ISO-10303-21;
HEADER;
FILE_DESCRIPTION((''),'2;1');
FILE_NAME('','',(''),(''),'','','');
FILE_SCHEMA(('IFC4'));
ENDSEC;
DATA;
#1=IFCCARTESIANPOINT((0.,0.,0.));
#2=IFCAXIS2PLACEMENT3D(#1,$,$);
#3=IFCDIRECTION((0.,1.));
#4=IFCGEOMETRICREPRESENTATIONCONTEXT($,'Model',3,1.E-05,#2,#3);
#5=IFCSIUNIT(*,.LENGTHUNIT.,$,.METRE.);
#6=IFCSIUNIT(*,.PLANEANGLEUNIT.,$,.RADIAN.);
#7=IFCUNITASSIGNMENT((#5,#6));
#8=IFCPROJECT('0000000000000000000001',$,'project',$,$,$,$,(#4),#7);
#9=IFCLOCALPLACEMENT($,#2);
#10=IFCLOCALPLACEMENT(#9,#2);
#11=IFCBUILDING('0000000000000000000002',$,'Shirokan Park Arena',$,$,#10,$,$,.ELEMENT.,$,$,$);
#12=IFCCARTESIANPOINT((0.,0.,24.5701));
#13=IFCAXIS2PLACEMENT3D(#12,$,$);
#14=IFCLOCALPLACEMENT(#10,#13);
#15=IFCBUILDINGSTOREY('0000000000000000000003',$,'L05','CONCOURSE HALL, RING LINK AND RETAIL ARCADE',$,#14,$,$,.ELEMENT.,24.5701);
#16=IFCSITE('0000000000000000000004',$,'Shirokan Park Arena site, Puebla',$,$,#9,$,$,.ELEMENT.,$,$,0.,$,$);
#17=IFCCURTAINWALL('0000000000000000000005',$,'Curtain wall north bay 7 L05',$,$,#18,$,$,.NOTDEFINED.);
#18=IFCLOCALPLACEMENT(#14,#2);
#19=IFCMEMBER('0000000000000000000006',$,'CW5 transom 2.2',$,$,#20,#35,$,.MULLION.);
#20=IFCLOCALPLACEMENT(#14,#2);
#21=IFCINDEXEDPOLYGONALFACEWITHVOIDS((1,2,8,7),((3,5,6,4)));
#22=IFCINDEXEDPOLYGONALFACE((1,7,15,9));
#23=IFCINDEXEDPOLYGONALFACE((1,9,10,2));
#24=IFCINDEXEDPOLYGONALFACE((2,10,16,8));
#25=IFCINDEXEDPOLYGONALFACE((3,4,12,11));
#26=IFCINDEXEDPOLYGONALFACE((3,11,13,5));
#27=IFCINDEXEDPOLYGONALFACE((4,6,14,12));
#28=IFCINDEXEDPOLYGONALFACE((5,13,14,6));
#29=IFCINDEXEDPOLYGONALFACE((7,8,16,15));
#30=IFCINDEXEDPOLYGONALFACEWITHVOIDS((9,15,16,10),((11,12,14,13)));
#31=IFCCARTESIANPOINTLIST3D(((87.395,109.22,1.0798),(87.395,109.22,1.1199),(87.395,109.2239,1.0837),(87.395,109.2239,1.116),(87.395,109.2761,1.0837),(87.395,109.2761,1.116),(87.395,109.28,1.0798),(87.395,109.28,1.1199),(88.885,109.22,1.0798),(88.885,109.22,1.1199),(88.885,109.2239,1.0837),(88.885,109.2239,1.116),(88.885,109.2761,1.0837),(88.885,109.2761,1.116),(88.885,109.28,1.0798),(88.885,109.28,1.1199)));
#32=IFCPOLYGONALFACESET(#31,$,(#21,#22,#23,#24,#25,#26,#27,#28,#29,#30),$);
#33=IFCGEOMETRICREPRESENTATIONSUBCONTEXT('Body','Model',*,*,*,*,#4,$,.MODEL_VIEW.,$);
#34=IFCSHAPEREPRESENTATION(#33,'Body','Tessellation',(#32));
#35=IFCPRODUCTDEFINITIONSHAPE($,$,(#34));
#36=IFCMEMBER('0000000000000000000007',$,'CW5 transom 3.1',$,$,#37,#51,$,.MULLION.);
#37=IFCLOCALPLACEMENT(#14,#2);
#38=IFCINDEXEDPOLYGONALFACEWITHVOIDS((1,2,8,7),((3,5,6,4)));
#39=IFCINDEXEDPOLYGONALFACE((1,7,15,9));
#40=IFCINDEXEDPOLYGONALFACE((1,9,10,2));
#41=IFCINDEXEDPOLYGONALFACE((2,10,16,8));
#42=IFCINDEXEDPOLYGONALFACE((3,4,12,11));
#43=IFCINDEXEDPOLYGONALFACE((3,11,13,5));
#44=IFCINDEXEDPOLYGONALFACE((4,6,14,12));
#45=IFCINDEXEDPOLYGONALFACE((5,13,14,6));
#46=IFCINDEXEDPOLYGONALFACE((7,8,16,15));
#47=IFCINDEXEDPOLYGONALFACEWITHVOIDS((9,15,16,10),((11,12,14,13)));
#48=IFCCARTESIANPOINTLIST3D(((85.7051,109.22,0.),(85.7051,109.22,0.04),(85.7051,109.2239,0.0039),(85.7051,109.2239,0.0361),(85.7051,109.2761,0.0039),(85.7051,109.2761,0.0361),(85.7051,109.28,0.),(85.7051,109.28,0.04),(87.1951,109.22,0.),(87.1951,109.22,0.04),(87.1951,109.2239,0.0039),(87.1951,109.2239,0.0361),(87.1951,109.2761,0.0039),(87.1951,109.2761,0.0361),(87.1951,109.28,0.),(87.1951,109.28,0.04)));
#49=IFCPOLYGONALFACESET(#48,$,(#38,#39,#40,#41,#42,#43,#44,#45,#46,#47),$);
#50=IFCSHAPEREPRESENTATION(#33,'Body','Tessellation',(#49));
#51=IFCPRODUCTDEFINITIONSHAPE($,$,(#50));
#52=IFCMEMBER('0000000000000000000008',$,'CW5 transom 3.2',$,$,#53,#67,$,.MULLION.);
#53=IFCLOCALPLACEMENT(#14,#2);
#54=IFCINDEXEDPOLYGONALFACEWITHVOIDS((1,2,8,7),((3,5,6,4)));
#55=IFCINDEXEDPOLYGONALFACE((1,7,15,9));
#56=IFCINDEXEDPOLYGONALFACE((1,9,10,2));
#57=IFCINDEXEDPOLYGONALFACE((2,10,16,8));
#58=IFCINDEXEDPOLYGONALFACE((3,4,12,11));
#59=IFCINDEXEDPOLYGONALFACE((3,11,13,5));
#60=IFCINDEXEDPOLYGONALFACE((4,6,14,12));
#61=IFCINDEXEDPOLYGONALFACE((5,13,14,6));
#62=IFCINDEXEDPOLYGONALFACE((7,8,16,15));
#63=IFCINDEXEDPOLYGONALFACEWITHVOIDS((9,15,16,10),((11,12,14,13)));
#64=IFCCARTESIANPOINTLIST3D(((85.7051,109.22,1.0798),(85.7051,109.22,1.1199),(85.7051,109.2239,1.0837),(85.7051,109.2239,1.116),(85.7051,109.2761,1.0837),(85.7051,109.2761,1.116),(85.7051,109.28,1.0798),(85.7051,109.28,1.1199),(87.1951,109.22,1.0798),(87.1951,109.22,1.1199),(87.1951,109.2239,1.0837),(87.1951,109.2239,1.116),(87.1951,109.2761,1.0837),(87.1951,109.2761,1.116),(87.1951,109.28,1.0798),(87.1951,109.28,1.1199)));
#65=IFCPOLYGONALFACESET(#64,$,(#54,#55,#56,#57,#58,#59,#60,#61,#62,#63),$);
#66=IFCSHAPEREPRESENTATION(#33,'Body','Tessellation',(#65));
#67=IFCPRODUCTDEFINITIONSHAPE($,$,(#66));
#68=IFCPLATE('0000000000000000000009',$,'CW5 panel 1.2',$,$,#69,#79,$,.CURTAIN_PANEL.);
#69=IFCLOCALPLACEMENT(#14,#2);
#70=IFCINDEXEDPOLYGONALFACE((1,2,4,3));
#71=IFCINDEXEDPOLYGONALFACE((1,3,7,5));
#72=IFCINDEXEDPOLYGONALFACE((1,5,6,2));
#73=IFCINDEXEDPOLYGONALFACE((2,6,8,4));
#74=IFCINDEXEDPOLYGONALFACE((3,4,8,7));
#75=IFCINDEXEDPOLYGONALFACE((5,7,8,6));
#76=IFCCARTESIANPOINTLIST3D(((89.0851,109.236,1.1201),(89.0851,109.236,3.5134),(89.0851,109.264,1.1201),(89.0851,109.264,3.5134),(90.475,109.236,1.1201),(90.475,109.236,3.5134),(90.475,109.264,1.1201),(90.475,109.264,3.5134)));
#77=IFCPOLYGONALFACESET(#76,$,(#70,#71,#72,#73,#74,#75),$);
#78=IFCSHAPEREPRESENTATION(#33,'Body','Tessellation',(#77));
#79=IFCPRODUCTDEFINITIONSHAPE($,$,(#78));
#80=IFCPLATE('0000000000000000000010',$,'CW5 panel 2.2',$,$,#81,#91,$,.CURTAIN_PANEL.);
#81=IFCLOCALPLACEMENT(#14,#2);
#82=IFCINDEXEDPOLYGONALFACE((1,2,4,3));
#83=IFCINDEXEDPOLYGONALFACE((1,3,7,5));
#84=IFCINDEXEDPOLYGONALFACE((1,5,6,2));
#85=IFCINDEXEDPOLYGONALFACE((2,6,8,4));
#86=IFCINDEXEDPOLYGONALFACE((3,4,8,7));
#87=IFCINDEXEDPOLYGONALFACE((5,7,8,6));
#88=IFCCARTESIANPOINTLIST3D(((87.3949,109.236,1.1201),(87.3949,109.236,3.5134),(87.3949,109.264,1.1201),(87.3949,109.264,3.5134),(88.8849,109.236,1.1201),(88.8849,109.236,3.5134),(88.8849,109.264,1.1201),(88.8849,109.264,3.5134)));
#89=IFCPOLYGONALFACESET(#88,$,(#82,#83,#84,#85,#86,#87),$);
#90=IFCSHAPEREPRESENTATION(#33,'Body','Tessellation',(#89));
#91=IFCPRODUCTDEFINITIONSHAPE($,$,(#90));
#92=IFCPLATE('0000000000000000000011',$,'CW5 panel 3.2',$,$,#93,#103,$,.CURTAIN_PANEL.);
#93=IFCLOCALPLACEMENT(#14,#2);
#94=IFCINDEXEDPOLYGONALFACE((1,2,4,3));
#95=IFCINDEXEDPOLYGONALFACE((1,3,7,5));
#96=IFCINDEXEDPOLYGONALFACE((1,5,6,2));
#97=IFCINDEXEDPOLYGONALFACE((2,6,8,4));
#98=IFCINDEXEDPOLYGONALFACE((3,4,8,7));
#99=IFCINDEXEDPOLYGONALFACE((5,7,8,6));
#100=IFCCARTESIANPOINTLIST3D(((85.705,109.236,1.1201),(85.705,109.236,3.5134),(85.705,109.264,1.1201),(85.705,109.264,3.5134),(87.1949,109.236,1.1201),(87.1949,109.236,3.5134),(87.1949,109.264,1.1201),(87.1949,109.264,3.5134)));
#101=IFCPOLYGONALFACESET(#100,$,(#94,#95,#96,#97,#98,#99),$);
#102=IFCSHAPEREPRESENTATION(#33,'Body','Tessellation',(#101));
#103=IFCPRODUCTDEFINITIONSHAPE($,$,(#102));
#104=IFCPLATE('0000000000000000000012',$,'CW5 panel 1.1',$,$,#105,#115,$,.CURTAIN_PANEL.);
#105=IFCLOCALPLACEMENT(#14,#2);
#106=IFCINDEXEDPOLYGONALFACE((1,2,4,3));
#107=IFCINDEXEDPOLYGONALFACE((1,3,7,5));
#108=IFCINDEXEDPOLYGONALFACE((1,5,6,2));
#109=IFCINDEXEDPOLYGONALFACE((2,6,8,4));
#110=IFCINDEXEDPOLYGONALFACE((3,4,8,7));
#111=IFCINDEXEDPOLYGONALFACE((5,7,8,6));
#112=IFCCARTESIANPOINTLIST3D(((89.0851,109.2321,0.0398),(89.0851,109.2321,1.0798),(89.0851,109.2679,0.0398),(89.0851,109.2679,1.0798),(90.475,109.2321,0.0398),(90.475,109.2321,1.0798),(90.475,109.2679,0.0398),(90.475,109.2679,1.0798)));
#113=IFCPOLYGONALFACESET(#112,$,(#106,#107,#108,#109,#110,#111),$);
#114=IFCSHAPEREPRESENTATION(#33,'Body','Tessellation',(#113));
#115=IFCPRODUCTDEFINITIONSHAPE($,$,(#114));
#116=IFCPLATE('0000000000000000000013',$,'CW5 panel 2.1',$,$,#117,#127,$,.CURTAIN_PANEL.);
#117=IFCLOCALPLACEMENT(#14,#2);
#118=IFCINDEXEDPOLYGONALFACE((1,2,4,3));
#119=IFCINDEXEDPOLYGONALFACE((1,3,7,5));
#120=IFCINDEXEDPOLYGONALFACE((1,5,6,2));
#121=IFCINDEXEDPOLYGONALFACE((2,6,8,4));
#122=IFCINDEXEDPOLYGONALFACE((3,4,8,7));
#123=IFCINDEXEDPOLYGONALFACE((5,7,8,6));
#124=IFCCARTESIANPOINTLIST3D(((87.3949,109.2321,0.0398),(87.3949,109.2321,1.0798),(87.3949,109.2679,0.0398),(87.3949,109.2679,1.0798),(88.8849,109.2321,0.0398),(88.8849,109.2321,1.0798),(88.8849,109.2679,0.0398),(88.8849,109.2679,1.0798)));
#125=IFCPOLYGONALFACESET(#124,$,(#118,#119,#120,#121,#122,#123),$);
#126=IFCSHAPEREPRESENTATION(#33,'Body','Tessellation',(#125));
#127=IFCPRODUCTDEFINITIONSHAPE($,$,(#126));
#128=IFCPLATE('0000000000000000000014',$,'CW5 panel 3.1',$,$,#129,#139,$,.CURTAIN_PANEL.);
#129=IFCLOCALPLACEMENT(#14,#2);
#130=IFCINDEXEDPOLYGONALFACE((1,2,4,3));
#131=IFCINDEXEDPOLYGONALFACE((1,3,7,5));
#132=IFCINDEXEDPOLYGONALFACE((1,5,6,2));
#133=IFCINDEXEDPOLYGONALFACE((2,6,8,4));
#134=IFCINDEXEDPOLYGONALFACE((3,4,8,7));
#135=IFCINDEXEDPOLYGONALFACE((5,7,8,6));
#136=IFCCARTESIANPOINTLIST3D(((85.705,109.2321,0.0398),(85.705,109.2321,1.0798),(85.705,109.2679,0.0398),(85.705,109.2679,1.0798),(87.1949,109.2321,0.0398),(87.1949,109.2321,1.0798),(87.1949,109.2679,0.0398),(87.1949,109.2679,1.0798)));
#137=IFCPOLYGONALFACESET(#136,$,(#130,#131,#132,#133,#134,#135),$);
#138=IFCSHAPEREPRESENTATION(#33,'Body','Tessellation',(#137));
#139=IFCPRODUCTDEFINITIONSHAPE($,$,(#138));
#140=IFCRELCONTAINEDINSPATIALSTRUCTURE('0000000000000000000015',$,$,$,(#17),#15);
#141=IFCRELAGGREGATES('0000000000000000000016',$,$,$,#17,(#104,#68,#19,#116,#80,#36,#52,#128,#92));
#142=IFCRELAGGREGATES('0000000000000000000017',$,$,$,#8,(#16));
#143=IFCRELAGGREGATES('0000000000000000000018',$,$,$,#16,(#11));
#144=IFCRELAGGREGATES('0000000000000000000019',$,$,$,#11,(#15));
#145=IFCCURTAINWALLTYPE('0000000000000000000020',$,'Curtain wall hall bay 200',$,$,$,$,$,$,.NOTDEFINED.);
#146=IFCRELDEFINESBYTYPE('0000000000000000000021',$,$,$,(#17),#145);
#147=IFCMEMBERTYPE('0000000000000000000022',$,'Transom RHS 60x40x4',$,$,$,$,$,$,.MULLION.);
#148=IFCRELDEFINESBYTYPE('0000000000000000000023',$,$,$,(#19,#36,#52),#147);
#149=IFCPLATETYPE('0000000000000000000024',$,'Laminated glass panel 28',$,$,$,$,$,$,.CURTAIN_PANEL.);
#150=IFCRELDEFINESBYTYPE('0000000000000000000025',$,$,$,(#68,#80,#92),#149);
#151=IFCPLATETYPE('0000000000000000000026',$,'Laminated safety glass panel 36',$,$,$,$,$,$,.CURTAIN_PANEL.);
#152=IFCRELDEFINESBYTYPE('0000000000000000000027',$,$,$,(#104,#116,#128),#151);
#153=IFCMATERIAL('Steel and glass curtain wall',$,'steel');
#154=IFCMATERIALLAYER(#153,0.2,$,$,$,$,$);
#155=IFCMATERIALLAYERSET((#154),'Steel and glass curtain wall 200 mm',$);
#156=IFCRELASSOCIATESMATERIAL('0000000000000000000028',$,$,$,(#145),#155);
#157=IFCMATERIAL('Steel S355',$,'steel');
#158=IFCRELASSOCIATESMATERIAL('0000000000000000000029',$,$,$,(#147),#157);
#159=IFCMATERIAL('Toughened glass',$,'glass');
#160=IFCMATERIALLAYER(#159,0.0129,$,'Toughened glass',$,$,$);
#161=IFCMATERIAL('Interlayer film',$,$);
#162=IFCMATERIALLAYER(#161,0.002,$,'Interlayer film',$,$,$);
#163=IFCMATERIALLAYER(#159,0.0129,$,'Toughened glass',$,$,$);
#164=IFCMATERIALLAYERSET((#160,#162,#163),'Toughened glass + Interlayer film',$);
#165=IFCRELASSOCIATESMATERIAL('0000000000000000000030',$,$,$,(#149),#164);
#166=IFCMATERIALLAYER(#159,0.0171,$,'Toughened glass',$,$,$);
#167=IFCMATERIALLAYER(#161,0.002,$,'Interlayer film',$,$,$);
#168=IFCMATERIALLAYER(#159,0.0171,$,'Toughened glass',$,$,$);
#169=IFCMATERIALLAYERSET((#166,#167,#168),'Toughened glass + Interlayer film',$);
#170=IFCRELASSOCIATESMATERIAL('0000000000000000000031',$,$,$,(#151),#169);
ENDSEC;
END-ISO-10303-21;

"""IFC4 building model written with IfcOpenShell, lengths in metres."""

from ifc_helpers import new_model, si_unit, direction, frame, origin, origin_2d, place, context, subcontext, project, spatial, rectangle, hollow_rectangle, extrude, material, layer, layer_set, material_profile, profile_set, type_object, element, aggregate, save


model = new_model("IFC4")

# Units and contexts
model_context = context("Model", 3, precision=1e-05, world=origin(), true_north=direction((0.0, 1.0)))
body_context = subcontext(model_context, "Body", "Model", "MODEL_VIEW")
ifc_project = project(units=[si_unit("LENGTHUNIT", "METRE"), si_unit("PLANEANGLEUNIT", "RADIAN")], contexts=[model_context])

# Site, building, storey
site_placement = place(None, origin())
site = spatial("IfcSite", under=ifc_project, at=site_placement, Name="Shirokan Park Arena site, Puebla", CompositionType="ELEMENT", RefElevation=0.0)
building_placement = place(site_placement, origin())
building = spatial("IfcBuilding", under=site, at=building_placement, Name="Shirokan Park Arena", CompositionType="ELEMENT")
storey_placement = place(building_placement, frame((0.0, 0.0, 24.5701)))
storey = spatial("IfcBuildingStorey", under=building, at=storey_placement, Name="L05", Description="CONCOURSE HALL, RING LINK AND RETAIL ARCADE", CompositionType="ELEMENT", Elevation=24.5701)

# Curtain wall
ifc_material_1 = material(Name="Steel and glass curtain wall", Category="steel")
ifc_layer_1 = layer(ifc_material_1, 0.2)
ifc_layer_set_1 = layer_set([ifc_layer_1], Name="Steel and glass curtain wall 200 mm")
curtain_wall_type = type_object("IfcCurtainWallType", Name="Curtain wall hall bay 200", PredefinedType="NOTDEFINED", material=ifc_layer_set_1)
curtain_wall_placement = place(storey_placement, origin())
curtain_wall = element("IfcCurtainWall", 1, at=curtain_wall_placement, inside=storey, type_object=curtain_wall_type, Name="Curtain wall north bay 7 L05", PredefinedType="NOTDEFINED")
ifc_material_2 = material(Name="Steel S355", Category="steel")

# Members
ifc_material_profile_1 = material_profile(ifc_material_2, hollow_rectangle(XDim=0.0601, YDim=0.04, WallThickness=0.0039, at=origin_2d()), Name="RHS 60x40x4")
ifc_profile_set_1 = profile_set([ifc_material_profile_1], Name="Steel S355")
member_type_1 = type_object("IfcMemberType", Name="Transom RHS 60x40x4", PredefinedType="MULLION", material=ifc_profile_set_1)
member_1_placement = place(storey_placement, frame((88.885, 109.25, 1.0999), z_axis=(-1.0, 0.0, 0.0), x_axis=(0.0, -1.0, 0.0)))
member_1 = element("IfcMember", 2, at=member_1_placement, type_object=member_type_1, Name="CW5 transom 2.2", PredefinedType="MULLION", context=body_context, shape_type="SweptSolid", body=[
    extrude(hollow_rectangle(XDim=0.0601, YDim=0.04, WallThickness=0.0039, at=origin_2d()), origin(), (0.0, 0.0, 1.0), 1.49),
])
member_2_placement = place(storey_placement, frame((87.1951, 109.25, 0.02), z_axis=(-1.0, 0.0, 0.0), x_axis=(0.0, -1.0, 0.0)))
member_2 = element("IfcMember", 3, at=member_2_placement, type_object=member_type_1, Name="CW5 transom 3.1", PredefinedType="MULLION", context=body_context, shape_type="SweptSolid", body=[
    extrude(hollow_rectangle(XDim=0.0601, YDim=0.04, WallThickness=0.0039, at=origin_2d()), origin(), (0.0, 0.0, 1.0), 1.49),
])
member_3_placement = place(storey_placement, frame((87.1951, 109.25, 1.0999), z_axis=(-1.0, 0.0, 0.0), x_axis=(0.0, -1.0, 0.0)))
member_3 = element("IfcMember", 4, at=member_3_placement, type_object=member_type_1, Name="CW5 transom 3.2", PredefinedType="MULLION", context=body_context, shape_type="SweptSolid", body=[
    extrude(hollow_rectangle(XDim=0.0601, YDim=0.04, WallThickness=0.0039, at=origin_2d()), origin(), (0.0, 0.0, 1.0), 1.49),
])

# Plates
ifc_material_3 = material(Name="Toughened glass", Category="glass")
ifc_layer_2 = layer(ifc_material_3, 0.0129, Name="Toughened glass")
ifc_material_4 = material(Name="Interlayer film")
ifc_layer_3 = layer(ifc_material_4, 0.002, Name="Interlayer film")
ifc_layer_4 = layer(ifc_material_3, 0.0129, Name="Toughened glass")
ifc_layer_set_2 = layer_set([ifc_layer_2, ifc_layer_3, ifc_layer_4], Name="Toughened glass + Interlayer film")
plate_type_1 = type_object("IfcPlateType", Name="Laminated glass panel 28", PredefinedType="CURTAIN_PANEL", material=ifc_layer_set_2)
plate_1_placement = place(storey_placement, frame((89.78, 109.25, 1.1201), z_axis=(0.0, 0.0, 1.0), x_axis=(-1.0, 0.0, 0.0)))
plate_1 = element("IfcPlate", 5, at=plate_1_placement, type_object=plate_type_1, Name="CW5 panel 1.2", PredefinedType="CURTAIN_PANEL", context=body_context, shape_type="SweptSolid", body=[
    extrude(rectangle(XDim=1.3899, YDim=0.0281, at=origin_2d()), origin(), (0.0, 0.0, 1.0), 2.3933),
])
plate_2_placement = place(storey_placement, frame((88.1399, 109.25, 1.1201), z_axis=(0.0, 0.0, 1.0), x_axis=(-1.0, 0.0, 0.0)))
plate_2 = element("IfcPlate", 6, at=plate_2_placement, type_object=plate_type_1, Name="CW5 panel 2.2", PredefinedType="CURTAIN_PANEL", context=body_context, shape_type="SweptSolid", body=[
    extrude(rectangle(XDim=1.49, YDim=0.0281, at=origin_2d()), origin(), (0.0, 0.0, 1.0), 2.3933),
])
plate_3_placement = place(storey_placement, frame((86.45, 109.25, 1.1201), z_axis=(0.0, 0.0, 1.0), x_axis=(-1.0, 0.0, 0.0)))
plate_3 = element("IfcPlate", 7, at=plate_3_placement, type_object=plate_type_1, Name="CW5 panel 3.2", PredefinedType="CURTAIN_PANEL", context=body_context, shape_type="SweptSolid", body=[
    extrude(rectangle(XDim=1.49, YDim=0.0281, at=origin_2d()), origin(), (0.0, 0.0, 1.0), 2.3933),
])
ifc_layer_5 = layer(ifc_material_3, 0.0171, Name="Toughened glass")
ifc_layer_6 = layer(ifc_material_4, 0.002, Name="Interlayer film")
ifc_layer_7 = layer(ifc_material_3, 0.0171, Name="Toughened glass")
ifc_layer_set_3 = layer_set([ifc_layer_5, ifc_layer_6, ifc_layer_7], Name="Toughened glass + Interlayer film")
plate_type_2 = type_object("IfcPlateType", Name="Laminated safety glass panel 36", PredefinedType="CURTAIN_PANEL", material=ifc_layer_set_3)
plate_4_placement = place(storey_placement, frame((89.78, 109.25, 0.0398), z_axis=(0.0, 0.0, 1.0), x_axis=(-1.0, 0.0, 0.0)))
plate_4 = element("IfcPlate", 8, at=plate_4_placement, type_object=plate_type_2, Name="CW5 panel 1.1", PredefinedType="CURTAIN_PANEL", context=body_context, shape_type="SweptSolid", body=[
    extrude(rectangle(XDim=1.3899, YDim=0.0359, at=origin_2d()), origin(), (0.0, 0.0, 1.0), 1.04),
])
plate_5_placement = place(storey_placement, frame((88.1399, 109.25, 0.0398), z_axis=(0.0, 0.0, 1.0), x_axis=(-1.0, 0.0, 0.0)))
plate_5 = element("IfcPlate", 9, at=plate_5_placement, type_object=plate_type_2, Name="CW5 panel 2.1", PredefinedType="CURTAIN_PANEL", context=body_context, shape_type="SweptSolid", body=[
    extrude(rectangle(XDim=1.49, YDim=0.0359, at=origin_2d()), origin(), (0.0, 0.0, 1.0), 1.04),
])
plate_6_placement = place(storey_placement, frame((86.45, 109.25, 0.0398), z_axis=(0.0, 0.0, 1.0), x_axis=(-1.0, 0.0, 0.0)))
plate_6 = element("IfcPlate", 10, at=plate_6_placement, type_object=plate_type_2, Name="CW5 panel 3.1", PredefinedType="CURTAIN_PANEL", context=body_context, shape_type="SweptSolid", body=[
    extrude(rectangle(XDim=1.49, YDim=0.0359, at=origin_2d()), origin(), (0.0, 0.0, 1.0), 1.04),
])
aggregate(curtain_wall, [plate_4, plate_1, member_1, plate_5, plate_2, member_2, member_3, plate_6, plate_3])

save(model, "model.ifc")
